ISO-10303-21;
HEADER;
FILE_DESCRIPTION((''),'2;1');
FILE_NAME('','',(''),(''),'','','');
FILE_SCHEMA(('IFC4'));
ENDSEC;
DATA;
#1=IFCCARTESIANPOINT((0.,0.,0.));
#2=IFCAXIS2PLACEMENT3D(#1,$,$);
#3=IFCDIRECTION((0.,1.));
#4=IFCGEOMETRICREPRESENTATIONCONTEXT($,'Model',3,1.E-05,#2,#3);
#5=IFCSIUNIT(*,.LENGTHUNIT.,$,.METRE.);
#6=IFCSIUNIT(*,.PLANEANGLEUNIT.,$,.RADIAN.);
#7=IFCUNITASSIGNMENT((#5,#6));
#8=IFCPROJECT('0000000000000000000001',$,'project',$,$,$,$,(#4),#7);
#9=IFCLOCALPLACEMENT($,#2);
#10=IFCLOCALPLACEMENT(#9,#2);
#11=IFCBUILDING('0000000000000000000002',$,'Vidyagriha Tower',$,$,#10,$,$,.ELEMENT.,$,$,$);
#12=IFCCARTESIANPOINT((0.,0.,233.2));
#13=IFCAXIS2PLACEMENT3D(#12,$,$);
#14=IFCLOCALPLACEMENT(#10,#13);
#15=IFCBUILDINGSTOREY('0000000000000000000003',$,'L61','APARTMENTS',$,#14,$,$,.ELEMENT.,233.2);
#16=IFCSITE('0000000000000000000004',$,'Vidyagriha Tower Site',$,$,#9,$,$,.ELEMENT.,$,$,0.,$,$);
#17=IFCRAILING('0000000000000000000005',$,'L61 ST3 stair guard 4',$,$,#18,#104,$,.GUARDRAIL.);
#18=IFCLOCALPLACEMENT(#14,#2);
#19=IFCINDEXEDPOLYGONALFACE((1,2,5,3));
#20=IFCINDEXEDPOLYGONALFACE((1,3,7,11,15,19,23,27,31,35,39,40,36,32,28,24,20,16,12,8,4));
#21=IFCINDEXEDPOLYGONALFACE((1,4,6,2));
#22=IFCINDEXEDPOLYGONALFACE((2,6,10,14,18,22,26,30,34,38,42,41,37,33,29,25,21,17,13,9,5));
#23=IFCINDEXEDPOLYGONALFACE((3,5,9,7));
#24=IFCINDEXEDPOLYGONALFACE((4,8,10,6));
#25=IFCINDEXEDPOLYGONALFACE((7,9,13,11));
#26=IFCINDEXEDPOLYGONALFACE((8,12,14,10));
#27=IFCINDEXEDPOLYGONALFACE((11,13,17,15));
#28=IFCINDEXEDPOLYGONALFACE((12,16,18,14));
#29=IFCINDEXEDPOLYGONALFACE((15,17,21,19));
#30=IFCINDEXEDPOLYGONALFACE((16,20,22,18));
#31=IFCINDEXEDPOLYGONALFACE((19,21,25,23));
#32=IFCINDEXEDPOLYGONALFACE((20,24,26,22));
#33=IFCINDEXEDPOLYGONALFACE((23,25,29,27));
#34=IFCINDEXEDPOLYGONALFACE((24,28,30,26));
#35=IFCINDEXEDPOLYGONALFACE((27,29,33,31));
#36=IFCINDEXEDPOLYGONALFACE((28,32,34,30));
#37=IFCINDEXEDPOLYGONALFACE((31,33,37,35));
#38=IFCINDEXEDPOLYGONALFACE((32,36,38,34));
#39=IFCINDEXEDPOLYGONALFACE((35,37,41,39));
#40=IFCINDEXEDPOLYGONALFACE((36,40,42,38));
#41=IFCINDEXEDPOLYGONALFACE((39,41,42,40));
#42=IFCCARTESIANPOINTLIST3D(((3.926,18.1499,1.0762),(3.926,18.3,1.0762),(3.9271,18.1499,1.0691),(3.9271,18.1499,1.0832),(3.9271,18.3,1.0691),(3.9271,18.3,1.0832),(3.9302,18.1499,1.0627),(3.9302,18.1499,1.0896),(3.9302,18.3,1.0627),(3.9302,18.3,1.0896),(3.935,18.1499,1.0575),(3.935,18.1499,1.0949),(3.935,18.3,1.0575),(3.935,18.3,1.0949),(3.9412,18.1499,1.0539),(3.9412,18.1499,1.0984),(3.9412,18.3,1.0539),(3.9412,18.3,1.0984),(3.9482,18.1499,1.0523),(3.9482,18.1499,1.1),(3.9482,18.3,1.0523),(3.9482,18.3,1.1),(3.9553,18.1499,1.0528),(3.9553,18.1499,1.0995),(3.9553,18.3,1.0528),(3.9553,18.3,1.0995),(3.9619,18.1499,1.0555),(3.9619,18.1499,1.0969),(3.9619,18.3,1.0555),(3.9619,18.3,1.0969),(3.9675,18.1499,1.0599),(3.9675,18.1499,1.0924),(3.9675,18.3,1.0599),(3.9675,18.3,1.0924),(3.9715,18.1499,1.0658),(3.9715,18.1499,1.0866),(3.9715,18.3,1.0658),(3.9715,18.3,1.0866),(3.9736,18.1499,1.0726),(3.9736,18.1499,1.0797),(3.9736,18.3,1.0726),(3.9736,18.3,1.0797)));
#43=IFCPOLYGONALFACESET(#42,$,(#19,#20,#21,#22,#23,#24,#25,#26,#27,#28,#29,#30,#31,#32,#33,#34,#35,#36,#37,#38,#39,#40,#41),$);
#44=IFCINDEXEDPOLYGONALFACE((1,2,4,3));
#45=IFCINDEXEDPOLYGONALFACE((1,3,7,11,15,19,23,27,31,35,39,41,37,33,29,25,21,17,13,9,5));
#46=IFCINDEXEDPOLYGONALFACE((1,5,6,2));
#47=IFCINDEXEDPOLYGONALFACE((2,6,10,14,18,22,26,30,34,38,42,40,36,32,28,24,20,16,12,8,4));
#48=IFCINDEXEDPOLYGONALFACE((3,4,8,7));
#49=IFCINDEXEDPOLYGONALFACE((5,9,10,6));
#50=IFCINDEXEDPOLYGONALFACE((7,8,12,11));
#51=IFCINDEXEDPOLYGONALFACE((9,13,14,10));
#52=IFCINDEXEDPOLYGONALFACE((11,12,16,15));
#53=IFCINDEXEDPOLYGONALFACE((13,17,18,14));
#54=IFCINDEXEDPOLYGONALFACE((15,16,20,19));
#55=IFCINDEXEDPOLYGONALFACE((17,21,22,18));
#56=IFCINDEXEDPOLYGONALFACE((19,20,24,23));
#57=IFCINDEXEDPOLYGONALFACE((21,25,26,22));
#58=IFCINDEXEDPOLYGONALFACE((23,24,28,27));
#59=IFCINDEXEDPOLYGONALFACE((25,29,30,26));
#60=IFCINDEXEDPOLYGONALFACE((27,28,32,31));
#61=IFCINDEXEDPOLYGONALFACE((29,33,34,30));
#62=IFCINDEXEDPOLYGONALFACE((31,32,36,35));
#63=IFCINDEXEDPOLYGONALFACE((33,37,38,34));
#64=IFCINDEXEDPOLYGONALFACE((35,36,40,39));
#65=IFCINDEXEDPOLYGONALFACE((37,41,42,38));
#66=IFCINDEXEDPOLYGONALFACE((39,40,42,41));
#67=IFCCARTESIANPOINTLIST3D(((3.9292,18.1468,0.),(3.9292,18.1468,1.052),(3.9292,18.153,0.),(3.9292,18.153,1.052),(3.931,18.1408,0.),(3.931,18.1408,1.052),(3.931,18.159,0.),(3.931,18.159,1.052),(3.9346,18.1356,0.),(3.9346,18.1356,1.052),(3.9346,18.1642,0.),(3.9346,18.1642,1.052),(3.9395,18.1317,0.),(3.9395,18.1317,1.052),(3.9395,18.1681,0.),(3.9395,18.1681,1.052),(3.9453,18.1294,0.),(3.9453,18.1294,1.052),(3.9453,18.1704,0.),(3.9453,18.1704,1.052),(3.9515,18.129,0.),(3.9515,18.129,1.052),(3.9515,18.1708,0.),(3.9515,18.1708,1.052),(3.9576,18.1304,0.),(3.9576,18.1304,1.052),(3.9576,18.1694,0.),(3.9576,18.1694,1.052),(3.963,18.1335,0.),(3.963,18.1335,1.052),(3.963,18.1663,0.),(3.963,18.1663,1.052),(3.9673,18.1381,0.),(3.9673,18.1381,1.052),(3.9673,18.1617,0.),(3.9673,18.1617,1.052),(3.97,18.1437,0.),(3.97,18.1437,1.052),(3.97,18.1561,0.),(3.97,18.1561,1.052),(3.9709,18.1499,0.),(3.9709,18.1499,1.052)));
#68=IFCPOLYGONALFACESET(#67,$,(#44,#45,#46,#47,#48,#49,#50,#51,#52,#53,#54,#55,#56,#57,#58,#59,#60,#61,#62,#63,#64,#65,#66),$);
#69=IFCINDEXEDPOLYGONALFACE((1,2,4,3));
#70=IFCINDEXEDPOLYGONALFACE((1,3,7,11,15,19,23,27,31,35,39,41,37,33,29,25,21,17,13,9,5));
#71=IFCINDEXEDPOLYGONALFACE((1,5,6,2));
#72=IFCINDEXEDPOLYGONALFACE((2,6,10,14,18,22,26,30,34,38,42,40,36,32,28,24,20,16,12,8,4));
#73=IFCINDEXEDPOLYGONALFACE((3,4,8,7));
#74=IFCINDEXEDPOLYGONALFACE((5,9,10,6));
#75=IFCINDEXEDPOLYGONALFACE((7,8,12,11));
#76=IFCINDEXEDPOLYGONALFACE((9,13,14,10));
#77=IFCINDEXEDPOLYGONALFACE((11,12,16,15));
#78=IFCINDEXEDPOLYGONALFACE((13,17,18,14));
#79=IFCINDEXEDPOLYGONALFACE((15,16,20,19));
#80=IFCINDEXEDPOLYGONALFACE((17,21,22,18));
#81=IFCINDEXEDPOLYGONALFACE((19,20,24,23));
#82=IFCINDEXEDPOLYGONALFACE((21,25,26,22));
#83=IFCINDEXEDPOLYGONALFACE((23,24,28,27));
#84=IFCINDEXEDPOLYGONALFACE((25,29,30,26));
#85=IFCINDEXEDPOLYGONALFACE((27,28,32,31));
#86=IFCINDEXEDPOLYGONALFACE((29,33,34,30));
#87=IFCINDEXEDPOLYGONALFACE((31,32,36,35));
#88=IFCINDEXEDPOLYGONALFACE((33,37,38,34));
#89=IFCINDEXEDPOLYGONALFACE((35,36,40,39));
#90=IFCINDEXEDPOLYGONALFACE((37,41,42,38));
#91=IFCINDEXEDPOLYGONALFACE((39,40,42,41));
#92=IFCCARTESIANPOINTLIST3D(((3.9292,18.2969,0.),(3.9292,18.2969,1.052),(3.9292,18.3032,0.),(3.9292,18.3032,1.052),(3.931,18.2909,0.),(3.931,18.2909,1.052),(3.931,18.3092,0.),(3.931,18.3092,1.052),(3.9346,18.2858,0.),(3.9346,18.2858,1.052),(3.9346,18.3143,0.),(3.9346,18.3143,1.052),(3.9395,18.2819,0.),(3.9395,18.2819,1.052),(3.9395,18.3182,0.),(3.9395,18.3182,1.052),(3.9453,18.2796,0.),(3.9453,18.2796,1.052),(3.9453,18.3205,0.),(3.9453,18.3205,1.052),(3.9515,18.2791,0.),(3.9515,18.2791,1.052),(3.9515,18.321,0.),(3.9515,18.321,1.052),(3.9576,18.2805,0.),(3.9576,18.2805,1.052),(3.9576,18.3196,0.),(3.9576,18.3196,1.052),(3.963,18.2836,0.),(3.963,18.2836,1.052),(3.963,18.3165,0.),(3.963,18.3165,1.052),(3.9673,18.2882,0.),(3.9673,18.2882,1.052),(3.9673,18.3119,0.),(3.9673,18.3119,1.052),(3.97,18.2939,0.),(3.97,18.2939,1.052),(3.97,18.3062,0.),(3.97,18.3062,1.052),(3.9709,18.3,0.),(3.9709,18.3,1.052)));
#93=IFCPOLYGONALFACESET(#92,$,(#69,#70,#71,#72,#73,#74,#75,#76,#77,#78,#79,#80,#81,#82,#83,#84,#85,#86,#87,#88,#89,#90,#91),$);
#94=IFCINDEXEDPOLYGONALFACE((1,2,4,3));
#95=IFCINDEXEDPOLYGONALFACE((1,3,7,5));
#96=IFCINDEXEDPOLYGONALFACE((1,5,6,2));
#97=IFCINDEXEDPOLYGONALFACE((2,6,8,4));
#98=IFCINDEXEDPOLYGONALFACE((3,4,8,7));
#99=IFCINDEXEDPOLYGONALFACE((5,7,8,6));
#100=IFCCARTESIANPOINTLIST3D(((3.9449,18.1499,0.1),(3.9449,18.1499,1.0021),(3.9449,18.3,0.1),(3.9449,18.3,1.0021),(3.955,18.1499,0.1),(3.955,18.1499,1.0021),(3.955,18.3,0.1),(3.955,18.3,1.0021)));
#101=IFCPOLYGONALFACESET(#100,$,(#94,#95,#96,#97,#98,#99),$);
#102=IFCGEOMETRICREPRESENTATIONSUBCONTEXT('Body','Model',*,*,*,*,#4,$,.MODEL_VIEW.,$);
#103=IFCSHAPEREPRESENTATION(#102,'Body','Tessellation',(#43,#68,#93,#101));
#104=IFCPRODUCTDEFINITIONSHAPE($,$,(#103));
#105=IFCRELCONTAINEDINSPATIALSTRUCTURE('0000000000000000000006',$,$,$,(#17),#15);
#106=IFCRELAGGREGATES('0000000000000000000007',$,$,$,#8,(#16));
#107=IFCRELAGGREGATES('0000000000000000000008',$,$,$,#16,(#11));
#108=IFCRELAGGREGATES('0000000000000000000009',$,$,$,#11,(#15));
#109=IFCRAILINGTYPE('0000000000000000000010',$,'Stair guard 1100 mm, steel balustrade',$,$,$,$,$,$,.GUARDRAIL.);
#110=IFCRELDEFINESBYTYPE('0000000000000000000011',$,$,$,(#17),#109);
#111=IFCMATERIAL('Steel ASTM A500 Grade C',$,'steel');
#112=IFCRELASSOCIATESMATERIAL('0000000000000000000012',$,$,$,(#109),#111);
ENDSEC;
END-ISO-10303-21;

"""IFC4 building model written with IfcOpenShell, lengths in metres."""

from ifc_helpers import new_model, si_unit, direction, frame, origin, origin_2d, place, context, subcontext, project, spatial, rectangle, circle, extrude, material, type_object, element, save


model = new_model("IFC4")

# Units and contexts
model_context = context("Model", 3, precision=1e-05, world=origin(), true_north=direction((0.0, 1.0)))
body_context = subcontext(model_context, "Body", "Model", "MODEL_VIEW")
ifc_project = project(units=[si_unit("LENGTHUNIT", "METRE"), si_unit("PLANEANGLEUNIT", "RADIAN")], contexts=[model_context])

# Site, building, storey
site_placement = place(None, origin())
site = spatial("IfcSite", under=ifc_project, at=site_placement, Name="Vidyagriha Tower Site", CompositionType="ELEMENT", RefElevation=0.0)
building_placement = place(site_placement, origin())
building = spatial("IfcBuilding", under=site, at=building_placement, Name="Vidyagriha Tower", CompositionType="ELEMENT")
storey_placement = place(building_placement, frame((0.0, 0.0, 233.2)))
storey = spatial("IfcBuildingStorey", under=building, at=storey_placement, Name="L61", Description="APARTMENTS", CompositionType="ELEMENT", Elevation=233.2)

# Railing
ifc_material_1 = material(Name="Steel ASTM A500 Grade C", Category="steel")
railing_type_1 = type_object("IfcRailingType", Name="Stair guard 1100 mm, steel balustrade", PredefinedType="GUARDRAIL", material=ifc_material_1)
railing_1_placement = place(storey_placement, frame((3.95, 18.1499, 0.0)))
element("IfcRailing", 1, at=railing_1_placement, inside=storey, type_object=railing_type_1, Name="L61 ST3 stair guard 4", PredefinedType="GUARDRAIL", context=body_context, shape_type="SweptSolid", body=[
    extrude(circle(Radius=0.0239, at=origin_2d()), frame((0.0, 0.0, 1.0762), z_axis=(0.0, 1.0, 0.0), x_axis=(-1.0, 0.0, 0.0)), (0.0, 0.0, 1.0), 0.1501),
    extrude(circle(Radius=0.021, at=origin_2d()), origin(), (0.0, 0.0, 1.0), 1.052),
    extrude(circle(Radius=0.021, at=origin_2d()), frame((0.0, 0.1501, 0.0)), (0.0, 0.0, 1.0), 1.052),
    extrude(rectangle(XDim=0.01, YDim=0.9021, at=origin_2d()), frame((0.0, 0.0, 0.551), z_axis=(0.0, 1.0, 0.0), x_axis=(-1.0, 0.0, 0.0)), (0.0, 0.0, 1.0), 0.1501),
])

save(model, "model.ifc")
